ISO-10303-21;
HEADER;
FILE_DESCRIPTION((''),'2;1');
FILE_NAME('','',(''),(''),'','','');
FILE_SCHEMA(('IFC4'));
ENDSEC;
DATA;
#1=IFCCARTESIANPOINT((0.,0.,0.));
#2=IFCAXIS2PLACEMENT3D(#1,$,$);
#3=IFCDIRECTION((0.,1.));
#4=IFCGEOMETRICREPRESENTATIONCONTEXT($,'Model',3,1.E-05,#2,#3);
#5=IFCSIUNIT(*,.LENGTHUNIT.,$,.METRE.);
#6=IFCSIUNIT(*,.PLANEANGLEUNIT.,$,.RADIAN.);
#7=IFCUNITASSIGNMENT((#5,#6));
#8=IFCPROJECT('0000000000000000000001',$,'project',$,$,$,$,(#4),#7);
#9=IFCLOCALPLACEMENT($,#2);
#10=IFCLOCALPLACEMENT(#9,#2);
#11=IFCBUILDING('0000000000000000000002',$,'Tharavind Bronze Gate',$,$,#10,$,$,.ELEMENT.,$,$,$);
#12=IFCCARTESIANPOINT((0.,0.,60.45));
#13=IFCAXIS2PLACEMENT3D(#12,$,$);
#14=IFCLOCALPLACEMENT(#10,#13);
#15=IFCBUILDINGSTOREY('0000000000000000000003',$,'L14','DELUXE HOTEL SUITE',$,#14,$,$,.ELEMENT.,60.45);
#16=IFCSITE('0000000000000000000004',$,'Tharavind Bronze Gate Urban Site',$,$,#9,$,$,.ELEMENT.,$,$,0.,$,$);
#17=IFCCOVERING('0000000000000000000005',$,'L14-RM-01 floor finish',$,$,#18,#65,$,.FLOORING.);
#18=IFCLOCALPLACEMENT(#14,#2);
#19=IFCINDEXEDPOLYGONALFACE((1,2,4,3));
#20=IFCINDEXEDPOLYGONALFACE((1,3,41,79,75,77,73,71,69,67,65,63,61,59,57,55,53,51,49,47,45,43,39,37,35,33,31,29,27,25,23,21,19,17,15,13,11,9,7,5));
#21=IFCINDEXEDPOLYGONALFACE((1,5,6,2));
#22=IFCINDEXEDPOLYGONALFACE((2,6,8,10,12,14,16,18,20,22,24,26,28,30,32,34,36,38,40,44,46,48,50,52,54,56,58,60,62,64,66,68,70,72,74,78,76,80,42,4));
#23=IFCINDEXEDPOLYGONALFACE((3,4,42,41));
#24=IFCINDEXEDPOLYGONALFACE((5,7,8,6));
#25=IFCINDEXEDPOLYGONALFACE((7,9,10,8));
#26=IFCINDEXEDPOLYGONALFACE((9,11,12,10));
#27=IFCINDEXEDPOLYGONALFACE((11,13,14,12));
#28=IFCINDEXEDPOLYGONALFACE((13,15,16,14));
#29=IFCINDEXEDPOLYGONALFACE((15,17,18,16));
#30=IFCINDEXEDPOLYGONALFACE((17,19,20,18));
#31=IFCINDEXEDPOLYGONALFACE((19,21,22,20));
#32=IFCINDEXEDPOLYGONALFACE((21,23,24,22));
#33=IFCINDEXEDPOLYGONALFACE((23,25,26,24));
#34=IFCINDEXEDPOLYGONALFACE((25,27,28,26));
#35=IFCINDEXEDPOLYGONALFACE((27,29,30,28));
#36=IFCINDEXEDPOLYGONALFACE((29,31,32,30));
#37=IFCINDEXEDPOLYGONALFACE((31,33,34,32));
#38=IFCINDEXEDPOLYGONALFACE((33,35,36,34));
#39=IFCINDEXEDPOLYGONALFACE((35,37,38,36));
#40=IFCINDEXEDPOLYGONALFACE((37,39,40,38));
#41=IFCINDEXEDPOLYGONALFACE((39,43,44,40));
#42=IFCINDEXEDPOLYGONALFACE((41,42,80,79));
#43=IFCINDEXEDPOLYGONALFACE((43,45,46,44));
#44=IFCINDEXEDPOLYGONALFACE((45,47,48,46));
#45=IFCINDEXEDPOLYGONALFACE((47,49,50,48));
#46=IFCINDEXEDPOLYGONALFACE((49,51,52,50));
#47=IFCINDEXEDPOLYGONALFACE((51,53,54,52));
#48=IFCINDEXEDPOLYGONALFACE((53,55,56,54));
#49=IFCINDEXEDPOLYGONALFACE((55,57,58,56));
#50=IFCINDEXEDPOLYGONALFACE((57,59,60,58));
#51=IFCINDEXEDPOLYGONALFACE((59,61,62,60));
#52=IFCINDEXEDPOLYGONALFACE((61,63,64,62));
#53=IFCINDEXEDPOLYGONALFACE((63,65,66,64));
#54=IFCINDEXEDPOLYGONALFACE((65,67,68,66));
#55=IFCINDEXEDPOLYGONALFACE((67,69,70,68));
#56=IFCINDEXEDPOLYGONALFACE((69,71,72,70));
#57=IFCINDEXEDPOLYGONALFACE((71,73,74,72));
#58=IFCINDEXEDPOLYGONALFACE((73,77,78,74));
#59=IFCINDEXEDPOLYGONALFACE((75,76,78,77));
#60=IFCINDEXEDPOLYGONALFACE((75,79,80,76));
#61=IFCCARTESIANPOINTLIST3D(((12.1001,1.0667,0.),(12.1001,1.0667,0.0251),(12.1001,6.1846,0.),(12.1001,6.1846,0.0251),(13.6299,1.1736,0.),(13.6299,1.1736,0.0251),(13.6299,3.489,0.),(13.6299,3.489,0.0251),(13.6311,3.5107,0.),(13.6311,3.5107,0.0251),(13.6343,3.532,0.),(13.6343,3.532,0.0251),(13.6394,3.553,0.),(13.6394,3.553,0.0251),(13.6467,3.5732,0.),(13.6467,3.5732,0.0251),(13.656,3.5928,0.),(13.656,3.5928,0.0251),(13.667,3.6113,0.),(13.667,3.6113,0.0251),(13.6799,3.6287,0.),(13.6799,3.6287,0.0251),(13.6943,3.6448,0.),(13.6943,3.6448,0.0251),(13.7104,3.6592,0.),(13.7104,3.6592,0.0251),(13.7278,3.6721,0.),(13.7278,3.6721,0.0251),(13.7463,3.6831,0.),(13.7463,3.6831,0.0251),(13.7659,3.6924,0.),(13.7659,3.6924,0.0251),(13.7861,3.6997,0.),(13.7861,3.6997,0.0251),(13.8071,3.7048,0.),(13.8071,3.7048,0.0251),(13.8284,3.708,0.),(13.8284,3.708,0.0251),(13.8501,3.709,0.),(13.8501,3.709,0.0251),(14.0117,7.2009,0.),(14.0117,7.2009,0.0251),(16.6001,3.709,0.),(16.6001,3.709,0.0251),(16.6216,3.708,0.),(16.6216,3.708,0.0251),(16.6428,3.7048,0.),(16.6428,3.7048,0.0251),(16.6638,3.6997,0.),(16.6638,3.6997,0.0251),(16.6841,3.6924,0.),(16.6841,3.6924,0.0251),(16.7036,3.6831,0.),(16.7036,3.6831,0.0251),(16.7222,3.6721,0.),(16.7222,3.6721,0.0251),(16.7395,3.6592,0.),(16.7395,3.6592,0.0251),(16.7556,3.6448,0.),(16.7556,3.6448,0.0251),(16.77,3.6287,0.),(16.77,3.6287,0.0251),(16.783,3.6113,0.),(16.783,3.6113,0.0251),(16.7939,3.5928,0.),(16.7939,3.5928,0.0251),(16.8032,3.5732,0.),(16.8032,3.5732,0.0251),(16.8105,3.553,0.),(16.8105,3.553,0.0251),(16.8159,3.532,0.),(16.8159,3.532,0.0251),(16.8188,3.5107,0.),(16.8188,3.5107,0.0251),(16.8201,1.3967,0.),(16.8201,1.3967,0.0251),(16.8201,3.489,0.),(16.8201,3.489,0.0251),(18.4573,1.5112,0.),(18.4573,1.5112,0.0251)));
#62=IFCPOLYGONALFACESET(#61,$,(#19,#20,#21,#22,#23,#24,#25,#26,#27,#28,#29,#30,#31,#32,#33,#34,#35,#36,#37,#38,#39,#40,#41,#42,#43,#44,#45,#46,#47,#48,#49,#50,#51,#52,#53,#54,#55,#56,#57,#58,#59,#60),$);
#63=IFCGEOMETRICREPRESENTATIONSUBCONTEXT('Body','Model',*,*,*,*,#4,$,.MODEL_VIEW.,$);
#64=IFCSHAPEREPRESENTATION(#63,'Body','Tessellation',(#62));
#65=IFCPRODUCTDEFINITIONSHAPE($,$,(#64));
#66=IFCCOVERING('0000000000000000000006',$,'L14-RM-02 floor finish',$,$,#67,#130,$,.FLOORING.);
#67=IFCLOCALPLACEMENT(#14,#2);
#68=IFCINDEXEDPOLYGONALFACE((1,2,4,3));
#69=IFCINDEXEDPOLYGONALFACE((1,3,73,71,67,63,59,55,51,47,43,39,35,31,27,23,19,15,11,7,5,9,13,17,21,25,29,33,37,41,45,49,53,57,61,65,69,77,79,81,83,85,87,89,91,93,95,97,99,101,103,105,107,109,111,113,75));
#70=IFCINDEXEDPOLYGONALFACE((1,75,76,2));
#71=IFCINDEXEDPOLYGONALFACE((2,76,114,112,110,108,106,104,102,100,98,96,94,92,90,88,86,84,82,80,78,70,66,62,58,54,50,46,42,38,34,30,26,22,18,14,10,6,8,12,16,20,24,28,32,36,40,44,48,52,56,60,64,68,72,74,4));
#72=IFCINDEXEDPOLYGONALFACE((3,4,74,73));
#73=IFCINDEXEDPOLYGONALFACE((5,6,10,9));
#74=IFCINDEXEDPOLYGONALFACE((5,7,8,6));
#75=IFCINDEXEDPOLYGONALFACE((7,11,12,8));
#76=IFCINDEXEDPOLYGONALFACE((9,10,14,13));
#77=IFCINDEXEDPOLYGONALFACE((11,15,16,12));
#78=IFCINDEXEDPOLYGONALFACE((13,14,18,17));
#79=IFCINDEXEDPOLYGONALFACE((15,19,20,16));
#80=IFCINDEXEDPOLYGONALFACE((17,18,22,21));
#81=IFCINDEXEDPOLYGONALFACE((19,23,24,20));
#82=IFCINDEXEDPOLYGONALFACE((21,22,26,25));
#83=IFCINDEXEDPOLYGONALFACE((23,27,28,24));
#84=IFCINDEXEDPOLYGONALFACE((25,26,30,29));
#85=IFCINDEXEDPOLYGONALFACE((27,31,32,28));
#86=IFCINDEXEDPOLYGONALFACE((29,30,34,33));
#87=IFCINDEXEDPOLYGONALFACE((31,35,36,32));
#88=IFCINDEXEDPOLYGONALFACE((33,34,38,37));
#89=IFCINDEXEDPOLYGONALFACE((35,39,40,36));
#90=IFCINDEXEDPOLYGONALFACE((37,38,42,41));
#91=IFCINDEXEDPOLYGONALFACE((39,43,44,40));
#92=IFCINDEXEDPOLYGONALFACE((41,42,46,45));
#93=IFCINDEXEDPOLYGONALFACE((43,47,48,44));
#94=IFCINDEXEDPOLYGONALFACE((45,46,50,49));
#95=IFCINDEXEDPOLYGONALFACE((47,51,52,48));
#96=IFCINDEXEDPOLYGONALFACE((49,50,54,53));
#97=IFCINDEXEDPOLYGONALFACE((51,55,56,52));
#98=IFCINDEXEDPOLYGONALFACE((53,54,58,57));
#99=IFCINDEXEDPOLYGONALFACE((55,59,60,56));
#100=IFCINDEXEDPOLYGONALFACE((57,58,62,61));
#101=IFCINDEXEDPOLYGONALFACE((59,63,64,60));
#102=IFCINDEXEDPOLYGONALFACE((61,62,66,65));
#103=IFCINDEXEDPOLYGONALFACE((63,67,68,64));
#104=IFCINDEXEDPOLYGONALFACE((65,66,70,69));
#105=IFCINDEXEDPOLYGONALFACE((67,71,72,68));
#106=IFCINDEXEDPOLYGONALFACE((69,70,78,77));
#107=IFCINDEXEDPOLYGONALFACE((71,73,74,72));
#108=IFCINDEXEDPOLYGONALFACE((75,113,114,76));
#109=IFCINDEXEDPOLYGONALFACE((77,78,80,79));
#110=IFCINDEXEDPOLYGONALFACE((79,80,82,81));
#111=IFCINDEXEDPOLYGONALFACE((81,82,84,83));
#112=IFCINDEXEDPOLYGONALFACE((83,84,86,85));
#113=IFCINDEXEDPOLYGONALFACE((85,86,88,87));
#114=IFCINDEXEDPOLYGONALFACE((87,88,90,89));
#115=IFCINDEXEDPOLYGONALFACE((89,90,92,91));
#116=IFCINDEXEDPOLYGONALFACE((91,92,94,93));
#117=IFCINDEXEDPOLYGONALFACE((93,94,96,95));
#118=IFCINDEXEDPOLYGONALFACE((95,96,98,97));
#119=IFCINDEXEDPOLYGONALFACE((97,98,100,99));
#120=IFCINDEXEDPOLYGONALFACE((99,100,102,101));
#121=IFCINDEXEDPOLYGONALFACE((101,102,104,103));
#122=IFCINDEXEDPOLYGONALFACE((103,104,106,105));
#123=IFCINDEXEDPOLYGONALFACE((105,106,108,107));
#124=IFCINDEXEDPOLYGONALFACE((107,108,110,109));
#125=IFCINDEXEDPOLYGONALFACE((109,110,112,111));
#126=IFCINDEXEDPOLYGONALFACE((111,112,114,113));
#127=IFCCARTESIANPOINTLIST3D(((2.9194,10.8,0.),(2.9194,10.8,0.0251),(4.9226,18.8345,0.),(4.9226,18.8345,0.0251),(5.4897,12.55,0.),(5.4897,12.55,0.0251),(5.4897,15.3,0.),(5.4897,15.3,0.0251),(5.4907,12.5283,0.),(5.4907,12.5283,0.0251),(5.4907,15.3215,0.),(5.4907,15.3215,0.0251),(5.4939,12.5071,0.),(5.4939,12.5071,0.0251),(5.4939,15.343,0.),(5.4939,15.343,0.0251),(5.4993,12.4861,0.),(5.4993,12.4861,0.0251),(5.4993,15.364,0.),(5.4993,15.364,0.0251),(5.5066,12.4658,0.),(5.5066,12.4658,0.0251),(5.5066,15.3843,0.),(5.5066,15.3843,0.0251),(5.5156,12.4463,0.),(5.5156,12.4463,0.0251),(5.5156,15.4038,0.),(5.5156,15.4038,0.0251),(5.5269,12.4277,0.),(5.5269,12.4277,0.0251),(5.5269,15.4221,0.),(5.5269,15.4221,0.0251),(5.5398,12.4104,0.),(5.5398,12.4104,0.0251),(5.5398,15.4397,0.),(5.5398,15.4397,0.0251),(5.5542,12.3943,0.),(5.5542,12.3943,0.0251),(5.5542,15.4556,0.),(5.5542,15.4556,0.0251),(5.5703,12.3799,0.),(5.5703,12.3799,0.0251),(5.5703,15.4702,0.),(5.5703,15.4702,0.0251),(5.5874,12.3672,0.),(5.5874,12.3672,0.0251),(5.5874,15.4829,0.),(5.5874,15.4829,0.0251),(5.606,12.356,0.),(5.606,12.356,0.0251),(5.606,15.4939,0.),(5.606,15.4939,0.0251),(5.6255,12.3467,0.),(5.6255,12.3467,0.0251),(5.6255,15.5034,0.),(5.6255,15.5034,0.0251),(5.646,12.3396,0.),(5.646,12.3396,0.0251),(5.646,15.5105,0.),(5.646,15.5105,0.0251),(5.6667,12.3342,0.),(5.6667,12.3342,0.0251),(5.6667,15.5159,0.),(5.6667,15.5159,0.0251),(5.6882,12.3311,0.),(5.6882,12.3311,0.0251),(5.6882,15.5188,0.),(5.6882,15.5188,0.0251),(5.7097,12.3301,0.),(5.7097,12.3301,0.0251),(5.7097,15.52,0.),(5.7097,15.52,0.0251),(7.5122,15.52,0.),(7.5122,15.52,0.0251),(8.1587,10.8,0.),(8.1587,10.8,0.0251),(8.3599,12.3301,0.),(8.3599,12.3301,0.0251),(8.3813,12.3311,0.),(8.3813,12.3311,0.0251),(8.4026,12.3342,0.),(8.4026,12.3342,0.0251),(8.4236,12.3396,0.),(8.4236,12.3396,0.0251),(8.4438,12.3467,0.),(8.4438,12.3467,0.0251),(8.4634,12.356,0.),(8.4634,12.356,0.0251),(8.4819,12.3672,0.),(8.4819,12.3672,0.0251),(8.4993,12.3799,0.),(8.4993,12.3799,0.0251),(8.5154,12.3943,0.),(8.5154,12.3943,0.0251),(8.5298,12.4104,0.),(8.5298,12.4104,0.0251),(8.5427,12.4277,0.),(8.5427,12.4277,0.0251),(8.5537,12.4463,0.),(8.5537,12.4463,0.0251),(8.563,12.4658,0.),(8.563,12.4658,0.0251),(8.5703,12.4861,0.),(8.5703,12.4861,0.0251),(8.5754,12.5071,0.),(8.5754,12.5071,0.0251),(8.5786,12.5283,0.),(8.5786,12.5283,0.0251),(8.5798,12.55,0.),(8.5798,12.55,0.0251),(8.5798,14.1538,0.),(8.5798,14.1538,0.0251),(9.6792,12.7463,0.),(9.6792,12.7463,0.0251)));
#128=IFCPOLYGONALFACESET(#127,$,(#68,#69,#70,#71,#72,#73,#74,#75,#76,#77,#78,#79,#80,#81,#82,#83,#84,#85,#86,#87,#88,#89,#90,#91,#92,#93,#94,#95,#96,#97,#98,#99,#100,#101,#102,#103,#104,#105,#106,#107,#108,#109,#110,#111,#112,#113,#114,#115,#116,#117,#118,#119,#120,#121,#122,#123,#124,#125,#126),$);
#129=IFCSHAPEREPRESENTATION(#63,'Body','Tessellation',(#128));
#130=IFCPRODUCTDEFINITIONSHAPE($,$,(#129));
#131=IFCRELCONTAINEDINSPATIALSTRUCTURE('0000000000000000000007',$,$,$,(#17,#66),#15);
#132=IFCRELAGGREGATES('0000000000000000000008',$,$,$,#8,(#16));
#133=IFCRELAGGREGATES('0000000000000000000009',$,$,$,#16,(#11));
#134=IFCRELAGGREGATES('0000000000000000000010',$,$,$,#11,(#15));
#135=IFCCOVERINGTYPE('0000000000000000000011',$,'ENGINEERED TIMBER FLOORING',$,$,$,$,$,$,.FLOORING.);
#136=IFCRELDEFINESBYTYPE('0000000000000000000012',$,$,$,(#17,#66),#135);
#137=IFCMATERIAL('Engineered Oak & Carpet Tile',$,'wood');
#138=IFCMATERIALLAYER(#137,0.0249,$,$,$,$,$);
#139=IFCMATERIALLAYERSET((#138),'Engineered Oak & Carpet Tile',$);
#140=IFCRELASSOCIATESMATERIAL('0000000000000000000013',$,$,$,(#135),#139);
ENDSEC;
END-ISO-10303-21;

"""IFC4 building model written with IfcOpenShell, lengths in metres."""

from ifc_helpers import new_model, si_unit, direction, frame, origin, place, context, subcontext, project, spatial, polyline, outline, extrude, material, layer, layer_set, type_object, element, save


model = new_model("IFC4")

# Units and contexts
model_context = context("Model", 3, precision=1e-05, world=origin(), true_north=direction((0.0, 1.0)))
body_context = subcontext(model_context, "Body", "Model", "MODEL_VIEW")
ifc_project = project(units=[si_unit("LENGTHUNIT", "METRE"), si_unit("PLANEANGLEUNIT", "RADIAN")], contexts=[model_context])

# Site, building, storey
site_placement = place(None, origin())
site = spatial("IfcSite", under=ifc_project, at=site_placement, Name="Tharavind Bronze Gate Urban Site", CompositionType="ELEMENT", RefElevation=0.0)
building_placement = place(site_placement, origin())
building = spatial("IfcBuilding", under=site, at=building_placement, Name="Tharavind Bronze Gate", CompositionType="ELEMENT")
storey_placement = place(building_placement, frame((0.0, 0.0, 60.45)))
storey = spatial("IfcBuildingStorey", under=building, at=storey_placement, Name="L14", Description="DELUXE HOTEL SUITE", CompositionType="ELEMENT", Elevation=60.45)

# Coverings
ifc_material_1 = material(Name="Engineered Oak & Carpet Tile", Category="wood")
ifc_layer_1 = layer(ifc_material_1, 0.0249)
ifc_layer_set_1 = layer_set([ifc_layer_1], Name="Engineered Oak & Carpet Tile")
covering_type_1 = type_object("IfcCoveringType", Name="ENGINEERED TIMBER FLOORING", PredefinedType="FLOORING", material=ifc_layer_set_1)
covering_1_placement = place(storey_placement, origin())
element("IfcCovering", 1, at=covering_1_placement, inside=storey, type_object=covering_type_1, Name="L14-RM-01 floor finish", PredefinedType="FLOORING", context=body_context, shape_type="SweptSolid", body=[
    extrude(outline(polyline([(13.6299, 1.1736), (13.6299, 3.489), (13.6311, 3.5107), (13.6343, 3.532), (13.6394, 3.553), (13.6467, 3.5732), (13.656, 3.5928), (13.667, 3.6113), (13.6799, 3.6287), (13.6943, 3.6448), (13.7104, 3.6592), (13.7278, 3.6721), (13.7463, 3.6831), (13.7659, 3.6924), (13.7861, 3.6997), (13.8071, 3.7048), (13.8284, 3.708), (13.8501, 3.709), (16.6001, 3.709), (16.6216, 3.708), (16.6428, 3.7048), (16.6638, 3.6997), (16.6841, 3.6924), (16.7036, 3.6831), (16.7222, 3.6721), (16.7395, 3.6592), (16.7556, 3.6448), (16.77, 3.6287), (16.783, 3.6113), (16.7939, 3.5928), (16.8032, 3.5732), (16.8105, 3.553), (16.8159, 3.532), (16.8188, 3.5107), (16.8201, 3.489), (16.8201, 1.3967), (18.4573, 1.5112), (14.0117, 7.2009), (12.1001, 6.1846), (12.1001, 1.0667), (13.6299, 1.1736)])), origin(), (0.0, 0.0, 1.0), 0.0251),
])
covering_2_placement = place(storey_placement, origin())
element("IfcCovering", 2, at=covering_2_placement, inside=storey, type_object=covering_type_1, Name="L14-RM-02 floor finish", PredefinedType="FLOORING", context=body_context, shape_type="SweptSolid", body=[
    extrude(outline(polyline([(8.1587, 10.8), (9.6792, 12.7463), (8.5798, 14.1538), (8.5798, 12.55), (8.5786, 12.5283), (8.5754, 12.5071), (8.5703, 12.4861), (8.563, 12.4658), (8.5537, 12.4463), (8.5427, 12.4277), (8.5298, 12.4104), (8.5154, 12.3943), (8.4993, 12.3799), (8.4819, 12.3672), (8.4634, 12.356), (8.4438, 12.3467), (8.4236, 12.3396), (8.4026, 12.3342), (8.3813, 12.3311), (8.3599, 12.3301), (5.7097, 12.3301), (5.6882, 12.3311), (5.6667, 12.3342), (5.646, 12.3396), (5.6255, 12.3467), (5.606, 12.356), (5.5874, 12.3672), (5.5703, 12.3799), (5.5542, 12.3943), (5.5398, 12.4104), (5.5269, 12.4277), (5.5156, 12.4463), (5.5066, 12.4658), (5.4993, 12.4861), (5.4939, 12.5071), (5.4907, 12.5283), (5.4897, 12.55), (5.4897, 15.3), (5.4907, 15.3215), (5.4939, 15.343), (5.4993, 15.364), (5.5066, 15.3843), (5.5156, 15.4038), (5.5269, 15.4221), (5.5398, 15.4397), (5.5542, 15.4556), (5.5703, 15.4702), (5.5874, 15.4829), (5.606, 15.4939), (5.6255, 15.5034), (5.646, 15.5105), (5.6667, 15.5159), (5.6882, 15.5188), (5.7097, 15.52), (7.5122, 15.52), (4.9226, 18.8345), (2.9194, 10.8), (8.1587, 10.8)])), origin(), (0.0, 0.0, 1.0), 0.0251),
])

save(model, "model.ifc")
